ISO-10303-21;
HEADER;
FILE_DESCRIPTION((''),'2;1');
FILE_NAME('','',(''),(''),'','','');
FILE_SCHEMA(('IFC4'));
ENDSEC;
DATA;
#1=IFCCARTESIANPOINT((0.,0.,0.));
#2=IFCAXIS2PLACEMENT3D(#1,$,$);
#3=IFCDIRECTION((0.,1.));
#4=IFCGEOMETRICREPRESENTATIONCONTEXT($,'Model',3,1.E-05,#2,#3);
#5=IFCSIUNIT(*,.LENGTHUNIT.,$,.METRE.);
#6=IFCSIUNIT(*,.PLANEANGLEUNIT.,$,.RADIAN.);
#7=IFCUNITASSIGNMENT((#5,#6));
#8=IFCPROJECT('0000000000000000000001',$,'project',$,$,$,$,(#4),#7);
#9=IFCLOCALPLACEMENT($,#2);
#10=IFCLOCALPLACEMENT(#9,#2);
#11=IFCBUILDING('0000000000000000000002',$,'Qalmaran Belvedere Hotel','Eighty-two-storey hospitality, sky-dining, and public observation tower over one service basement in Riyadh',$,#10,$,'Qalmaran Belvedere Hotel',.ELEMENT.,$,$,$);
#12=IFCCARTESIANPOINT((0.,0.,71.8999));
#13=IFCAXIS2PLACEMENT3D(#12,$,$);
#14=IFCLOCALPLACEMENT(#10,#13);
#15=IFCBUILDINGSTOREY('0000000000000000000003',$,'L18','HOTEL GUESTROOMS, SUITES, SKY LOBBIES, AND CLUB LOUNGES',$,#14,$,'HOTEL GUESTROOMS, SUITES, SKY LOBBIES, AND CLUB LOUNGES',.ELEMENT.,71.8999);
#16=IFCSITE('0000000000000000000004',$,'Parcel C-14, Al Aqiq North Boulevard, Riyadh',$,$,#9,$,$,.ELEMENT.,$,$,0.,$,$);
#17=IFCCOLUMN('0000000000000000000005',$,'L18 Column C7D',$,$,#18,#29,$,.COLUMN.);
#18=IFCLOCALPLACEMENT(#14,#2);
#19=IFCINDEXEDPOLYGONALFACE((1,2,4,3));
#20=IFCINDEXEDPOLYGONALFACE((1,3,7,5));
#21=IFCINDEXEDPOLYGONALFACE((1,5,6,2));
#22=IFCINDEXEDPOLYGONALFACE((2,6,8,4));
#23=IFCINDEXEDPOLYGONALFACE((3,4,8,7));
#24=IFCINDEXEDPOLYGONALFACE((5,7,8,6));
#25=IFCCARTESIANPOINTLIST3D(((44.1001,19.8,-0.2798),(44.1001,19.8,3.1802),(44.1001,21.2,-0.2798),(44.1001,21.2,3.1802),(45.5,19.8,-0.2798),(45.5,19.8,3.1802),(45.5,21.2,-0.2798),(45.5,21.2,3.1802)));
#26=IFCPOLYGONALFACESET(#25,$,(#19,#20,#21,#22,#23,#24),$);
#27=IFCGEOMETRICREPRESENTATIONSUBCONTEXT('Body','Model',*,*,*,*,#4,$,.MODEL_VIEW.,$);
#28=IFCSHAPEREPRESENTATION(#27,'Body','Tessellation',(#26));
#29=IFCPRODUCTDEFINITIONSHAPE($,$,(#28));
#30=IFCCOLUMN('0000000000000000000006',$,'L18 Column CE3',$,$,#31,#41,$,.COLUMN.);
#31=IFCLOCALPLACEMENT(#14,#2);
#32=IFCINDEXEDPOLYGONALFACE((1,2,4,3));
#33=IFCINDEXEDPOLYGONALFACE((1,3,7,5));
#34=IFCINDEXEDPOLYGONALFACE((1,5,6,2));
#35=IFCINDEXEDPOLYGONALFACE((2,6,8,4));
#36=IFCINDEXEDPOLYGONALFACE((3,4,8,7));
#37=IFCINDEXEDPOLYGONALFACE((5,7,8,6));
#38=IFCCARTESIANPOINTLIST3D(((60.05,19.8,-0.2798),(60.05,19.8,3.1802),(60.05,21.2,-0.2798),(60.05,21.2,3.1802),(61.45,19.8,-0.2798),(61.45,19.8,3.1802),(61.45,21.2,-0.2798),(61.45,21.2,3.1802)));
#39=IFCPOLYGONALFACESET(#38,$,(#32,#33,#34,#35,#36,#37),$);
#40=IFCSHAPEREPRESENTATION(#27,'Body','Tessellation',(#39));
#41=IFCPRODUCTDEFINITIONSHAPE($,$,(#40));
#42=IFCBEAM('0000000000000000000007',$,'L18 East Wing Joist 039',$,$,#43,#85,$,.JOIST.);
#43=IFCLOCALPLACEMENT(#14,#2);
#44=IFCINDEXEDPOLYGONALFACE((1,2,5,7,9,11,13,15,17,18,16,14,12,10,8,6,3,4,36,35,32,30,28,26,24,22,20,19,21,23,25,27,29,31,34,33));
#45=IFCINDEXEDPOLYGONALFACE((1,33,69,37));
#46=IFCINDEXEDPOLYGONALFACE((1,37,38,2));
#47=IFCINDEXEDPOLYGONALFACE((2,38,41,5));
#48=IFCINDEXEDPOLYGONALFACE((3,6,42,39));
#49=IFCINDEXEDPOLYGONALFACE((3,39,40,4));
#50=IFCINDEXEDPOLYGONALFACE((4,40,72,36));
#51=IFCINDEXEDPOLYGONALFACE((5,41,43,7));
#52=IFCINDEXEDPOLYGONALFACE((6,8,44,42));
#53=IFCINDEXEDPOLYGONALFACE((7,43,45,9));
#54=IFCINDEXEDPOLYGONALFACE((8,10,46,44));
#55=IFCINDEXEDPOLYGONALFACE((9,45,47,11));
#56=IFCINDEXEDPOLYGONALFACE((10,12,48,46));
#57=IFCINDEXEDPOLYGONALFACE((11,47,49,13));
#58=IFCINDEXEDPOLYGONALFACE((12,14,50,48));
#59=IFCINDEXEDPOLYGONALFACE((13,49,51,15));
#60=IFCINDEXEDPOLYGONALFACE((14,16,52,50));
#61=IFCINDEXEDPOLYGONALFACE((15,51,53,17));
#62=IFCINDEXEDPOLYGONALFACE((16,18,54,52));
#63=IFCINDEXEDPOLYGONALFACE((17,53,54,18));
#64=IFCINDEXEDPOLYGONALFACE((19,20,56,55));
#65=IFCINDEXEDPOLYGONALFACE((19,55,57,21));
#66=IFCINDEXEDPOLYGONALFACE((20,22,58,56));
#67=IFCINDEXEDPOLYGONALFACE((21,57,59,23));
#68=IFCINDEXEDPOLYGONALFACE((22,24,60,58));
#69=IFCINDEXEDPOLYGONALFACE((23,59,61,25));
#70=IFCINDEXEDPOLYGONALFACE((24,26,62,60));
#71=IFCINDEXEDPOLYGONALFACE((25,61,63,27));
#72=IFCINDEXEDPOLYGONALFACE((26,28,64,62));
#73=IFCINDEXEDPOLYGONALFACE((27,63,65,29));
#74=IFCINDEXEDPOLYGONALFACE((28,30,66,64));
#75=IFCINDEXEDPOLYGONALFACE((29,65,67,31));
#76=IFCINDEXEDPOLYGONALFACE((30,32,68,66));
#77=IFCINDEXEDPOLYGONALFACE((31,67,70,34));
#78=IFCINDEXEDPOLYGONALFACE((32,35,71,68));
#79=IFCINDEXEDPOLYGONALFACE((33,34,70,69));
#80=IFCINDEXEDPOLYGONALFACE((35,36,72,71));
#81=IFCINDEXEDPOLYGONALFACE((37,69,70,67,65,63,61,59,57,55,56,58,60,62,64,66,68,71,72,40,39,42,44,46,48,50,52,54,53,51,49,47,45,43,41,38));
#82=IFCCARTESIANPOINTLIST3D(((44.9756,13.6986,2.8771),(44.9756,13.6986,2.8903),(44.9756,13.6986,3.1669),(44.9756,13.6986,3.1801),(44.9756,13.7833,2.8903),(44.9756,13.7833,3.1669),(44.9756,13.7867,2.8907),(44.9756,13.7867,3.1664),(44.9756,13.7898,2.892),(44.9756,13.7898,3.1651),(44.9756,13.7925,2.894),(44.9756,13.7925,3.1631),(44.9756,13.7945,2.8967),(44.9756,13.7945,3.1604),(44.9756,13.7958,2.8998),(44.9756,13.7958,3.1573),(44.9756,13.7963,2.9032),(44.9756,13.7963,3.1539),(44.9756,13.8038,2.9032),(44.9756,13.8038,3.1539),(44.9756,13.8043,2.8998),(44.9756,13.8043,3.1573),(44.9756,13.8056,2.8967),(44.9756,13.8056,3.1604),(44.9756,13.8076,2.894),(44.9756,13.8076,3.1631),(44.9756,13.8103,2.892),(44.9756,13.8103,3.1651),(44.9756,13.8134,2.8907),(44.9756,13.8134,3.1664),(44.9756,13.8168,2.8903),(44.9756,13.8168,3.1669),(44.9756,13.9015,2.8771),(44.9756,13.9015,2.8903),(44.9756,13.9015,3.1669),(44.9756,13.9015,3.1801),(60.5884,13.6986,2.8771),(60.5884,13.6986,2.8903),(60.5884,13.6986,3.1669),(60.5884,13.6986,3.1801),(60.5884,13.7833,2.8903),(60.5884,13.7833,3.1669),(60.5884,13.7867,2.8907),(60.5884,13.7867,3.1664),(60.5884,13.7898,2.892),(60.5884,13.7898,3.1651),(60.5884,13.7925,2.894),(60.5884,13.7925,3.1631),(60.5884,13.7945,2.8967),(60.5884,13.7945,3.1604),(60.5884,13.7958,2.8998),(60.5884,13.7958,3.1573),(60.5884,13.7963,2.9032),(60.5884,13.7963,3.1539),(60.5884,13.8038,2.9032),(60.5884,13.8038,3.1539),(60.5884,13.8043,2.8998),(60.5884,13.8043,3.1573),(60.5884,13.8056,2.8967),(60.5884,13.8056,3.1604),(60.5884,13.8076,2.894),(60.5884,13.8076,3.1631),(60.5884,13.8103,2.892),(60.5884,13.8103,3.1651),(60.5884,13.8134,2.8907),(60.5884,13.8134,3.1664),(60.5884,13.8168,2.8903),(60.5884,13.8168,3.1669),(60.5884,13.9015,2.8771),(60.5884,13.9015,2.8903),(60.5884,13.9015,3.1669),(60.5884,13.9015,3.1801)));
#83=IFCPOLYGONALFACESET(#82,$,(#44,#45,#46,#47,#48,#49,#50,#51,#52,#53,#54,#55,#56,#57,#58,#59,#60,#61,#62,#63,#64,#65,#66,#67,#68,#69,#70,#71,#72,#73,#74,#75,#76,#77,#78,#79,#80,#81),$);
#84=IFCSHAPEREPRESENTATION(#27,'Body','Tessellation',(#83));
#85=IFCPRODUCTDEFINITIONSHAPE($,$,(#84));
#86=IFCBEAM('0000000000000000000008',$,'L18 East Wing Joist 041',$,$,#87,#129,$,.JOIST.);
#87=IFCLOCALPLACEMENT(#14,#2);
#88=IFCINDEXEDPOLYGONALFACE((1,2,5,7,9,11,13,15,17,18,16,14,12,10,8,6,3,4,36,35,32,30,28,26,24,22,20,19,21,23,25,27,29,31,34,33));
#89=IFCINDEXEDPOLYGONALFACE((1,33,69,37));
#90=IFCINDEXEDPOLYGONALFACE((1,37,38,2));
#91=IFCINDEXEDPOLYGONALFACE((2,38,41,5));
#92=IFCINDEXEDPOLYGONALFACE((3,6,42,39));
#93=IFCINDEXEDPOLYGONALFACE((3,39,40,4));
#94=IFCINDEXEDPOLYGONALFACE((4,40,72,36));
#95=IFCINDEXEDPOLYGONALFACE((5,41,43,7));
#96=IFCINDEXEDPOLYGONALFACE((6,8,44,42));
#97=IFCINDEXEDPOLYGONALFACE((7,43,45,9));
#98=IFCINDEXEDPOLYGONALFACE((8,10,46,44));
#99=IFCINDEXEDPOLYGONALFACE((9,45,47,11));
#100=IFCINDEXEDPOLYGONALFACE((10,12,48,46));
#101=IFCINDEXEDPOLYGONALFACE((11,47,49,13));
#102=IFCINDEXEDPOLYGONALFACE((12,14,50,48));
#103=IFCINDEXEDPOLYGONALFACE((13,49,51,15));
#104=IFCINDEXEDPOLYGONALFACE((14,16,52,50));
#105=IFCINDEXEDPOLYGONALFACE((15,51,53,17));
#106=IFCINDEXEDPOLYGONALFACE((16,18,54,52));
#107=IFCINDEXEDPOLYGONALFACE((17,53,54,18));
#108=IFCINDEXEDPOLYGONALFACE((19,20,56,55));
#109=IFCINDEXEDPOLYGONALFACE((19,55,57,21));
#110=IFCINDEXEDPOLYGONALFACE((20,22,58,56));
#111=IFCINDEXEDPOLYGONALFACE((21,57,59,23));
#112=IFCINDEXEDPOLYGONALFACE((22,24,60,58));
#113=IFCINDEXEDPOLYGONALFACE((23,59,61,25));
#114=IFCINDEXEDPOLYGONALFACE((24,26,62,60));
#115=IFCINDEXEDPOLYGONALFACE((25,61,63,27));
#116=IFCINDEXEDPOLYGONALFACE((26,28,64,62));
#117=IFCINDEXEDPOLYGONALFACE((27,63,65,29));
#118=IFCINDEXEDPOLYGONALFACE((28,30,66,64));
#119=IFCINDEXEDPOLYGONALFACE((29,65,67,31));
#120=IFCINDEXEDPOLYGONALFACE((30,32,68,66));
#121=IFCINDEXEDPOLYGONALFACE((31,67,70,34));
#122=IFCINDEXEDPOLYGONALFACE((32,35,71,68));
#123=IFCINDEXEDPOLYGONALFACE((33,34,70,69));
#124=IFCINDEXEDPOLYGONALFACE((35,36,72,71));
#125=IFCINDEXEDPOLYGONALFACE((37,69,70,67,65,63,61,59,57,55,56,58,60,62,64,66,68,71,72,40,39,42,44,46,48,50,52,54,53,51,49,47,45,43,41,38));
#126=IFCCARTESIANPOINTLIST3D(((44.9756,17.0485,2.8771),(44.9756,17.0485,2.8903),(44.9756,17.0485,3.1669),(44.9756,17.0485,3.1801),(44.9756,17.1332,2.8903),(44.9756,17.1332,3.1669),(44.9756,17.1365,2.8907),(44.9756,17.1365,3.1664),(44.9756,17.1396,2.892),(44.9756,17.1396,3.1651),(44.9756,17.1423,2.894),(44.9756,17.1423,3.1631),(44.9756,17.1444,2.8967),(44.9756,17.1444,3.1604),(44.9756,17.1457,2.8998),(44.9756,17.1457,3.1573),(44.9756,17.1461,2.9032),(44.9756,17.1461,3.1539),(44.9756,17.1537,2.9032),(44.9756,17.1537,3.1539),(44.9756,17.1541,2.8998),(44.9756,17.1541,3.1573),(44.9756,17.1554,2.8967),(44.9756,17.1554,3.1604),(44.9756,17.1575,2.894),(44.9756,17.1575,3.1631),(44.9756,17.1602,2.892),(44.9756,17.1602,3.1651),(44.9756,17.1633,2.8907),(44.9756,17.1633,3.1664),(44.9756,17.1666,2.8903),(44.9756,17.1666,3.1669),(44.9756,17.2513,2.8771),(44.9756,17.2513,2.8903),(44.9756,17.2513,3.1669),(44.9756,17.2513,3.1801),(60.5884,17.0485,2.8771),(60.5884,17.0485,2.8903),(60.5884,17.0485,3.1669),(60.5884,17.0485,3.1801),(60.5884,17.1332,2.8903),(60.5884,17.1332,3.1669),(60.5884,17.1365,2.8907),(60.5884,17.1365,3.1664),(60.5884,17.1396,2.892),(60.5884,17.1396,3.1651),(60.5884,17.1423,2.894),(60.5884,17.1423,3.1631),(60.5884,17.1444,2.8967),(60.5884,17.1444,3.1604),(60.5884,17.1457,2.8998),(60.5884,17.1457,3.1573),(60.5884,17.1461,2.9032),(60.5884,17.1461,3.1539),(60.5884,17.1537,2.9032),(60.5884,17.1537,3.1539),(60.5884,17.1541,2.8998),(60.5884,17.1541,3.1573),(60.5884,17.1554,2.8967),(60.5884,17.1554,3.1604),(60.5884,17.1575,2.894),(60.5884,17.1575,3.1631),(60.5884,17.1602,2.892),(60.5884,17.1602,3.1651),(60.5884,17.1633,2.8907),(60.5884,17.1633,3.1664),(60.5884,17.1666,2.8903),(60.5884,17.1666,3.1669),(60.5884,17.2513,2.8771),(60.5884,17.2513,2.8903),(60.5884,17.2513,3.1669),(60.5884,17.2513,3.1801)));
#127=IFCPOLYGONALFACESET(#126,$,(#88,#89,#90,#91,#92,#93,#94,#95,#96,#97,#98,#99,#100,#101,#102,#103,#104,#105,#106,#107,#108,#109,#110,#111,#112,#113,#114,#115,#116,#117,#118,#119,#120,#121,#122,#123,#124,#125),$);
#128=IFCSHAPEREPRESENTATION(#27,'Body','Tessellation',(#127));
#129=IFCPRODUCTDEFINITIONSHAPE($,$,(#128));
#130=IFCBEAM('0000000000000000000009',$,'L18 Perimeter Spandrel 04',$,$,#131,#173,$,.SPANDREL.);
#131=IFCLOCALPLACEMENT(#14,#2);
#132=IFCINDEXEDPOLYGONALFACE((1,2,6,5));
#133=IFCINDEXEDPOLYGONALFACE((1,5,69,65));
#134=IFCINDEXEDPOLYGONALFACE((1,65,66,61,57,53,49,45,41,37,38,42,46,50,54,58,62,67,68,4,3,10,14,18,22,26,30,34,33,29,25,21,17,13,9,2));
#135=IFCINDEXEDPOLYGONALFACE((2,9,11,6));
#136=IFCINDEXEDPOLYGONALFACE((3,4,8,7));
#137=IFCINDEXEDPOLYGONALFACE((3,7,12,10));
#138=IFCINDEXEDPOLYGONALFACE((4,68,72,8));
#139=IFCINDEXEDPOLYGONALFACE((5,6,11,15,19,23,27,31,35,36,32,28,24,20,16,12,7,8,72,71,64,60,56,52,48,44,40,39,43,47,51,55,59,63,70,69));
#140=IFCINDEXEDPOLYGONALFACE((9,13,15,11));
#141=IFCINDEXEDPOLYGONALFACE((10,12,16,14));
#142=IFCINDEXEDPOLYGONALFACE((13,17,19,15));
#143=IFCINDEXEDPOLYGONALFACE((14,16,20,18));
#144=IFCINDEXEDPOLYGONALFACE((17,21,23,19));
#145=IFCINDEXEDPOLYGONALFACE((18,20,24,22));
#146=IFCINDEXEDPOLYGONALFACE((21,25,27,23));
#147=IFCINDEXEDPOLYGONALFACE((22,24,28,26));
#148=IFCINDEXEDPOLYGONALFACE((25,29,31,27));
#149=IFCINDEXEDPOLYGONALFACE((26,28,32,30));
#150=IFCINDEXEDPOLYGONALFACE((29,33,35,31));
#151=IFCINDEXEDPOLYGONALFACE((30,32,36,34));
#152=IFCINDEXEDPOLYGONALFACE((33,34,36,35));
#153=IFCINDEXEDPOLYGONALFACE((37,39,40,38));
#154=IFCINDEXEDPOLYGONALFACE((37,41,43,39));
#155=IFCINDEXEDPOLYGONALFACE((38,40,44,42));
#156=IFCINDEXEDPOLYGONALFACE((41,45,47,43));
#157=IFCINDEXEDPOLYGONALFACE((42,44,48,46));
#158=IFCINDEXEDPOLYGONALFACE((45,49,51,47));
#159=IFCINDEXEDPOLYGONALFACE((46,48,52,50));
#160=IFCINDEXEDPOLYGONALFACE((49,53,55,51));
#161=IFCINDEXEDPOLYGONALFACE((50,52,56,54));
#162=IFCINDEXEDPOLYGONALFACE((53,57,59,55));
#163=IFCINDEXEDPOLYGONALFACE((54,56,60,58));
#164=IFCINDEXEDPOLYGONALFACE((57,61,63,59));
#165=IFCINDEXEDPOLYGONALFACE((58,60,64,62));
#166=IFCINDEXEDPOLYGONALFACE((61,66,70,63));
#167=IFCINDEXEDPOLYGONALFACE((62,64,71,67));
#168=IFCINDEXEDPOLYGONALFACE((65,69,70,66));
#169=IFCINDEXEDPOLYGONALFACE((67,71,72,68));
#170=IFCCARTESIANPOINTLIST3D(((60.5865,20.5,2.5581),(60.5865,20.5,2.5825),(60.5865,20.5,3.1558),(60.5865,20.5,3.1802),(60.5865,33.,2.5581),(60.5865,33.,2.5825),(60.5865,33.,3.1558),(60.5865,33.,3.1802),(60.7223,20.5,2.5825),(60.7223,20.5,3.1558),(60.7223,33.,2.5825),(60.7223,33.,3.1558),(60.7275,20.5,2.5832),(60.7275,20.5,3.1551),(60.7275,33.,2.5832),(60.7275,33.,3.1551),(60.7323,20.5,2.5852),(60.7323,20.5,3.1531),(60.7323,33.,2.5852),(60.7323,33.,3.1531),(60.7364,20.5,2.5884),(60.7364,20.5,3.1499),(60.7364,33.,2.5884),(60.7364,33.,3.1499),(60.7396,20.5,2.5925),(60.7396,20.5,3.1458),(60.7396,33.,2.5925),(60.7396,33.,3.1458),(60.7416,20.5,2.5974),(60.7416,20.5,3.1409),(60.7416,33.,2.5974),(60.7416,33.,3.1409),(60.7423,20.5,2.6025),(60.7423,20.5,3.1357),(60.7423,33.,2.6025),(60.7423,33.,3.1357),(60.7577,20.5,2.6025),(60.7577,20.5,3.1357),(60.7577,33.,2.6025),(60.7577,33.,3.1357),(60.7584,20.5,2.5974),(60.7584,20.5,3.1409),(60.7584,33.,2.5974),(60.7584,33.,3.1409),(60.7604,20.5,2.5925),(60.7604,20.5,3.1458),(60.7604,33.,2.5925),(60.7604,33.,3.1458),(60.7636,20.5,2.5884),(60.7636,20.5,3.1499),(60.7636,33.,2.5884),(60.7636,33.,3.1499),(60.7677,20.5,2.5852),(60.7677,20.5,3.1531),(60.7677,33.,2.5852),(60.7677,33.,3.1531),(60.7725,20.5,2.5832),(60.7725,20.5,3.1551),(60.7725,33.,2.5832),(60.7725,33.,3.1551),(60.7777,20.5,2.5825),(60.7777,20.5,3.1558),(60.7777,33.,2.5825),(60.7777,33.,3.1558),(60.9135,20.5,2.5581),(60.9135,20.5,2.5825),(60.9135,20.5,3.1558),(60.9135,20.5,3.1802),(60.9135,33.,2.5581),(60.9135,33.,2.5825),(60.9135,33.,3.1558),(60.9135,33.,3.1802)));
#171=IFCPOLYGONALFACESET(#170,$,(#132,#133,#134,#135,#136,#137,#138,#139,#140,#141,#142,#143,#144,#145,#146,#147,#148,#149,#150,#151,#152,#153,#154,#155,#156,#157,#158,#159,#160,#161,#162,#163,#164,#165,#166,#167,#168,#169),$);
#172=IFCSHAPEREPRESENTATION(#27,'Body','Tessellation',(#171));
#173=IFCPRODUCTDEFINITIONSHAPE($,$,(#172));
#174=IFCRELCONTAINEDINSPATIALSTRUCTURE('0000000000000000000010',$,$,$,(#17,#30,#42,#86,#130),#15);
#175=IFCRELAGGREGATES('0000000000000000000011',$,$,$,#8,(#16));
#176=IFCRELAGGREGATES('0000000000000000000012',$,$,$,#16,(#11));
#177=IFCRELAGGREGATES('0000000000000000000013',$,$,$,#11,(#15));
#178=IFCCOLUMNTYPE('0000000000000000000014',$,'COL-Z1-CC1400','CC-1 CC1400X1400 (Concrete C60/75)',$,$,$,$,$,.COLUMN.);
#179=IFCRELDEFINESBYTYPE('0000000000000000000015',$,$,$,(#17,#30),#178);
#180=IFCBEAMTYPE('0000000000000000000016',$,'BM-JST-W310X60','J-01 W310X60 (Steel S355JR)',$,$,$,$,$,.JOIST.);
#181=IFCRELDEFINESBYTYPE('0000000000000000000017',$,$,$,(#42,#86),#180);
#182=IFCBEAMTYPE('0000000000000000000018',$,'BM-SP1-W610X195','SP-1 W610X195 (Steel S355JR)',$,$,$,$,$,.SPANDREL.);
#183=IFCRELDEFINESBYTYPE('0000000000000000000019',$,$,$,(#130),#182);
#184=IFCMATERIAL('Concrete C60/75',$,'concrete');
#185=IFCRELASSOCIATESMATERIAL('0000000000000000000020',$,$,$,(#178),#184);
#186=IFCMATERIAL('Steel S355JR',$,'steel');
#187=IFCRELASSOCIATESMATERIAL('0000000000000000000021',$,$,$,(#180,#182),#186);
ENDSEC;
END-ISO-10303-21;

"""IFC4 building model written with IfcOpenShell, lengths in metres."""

from ifc_helpers import new_model, si_unit, direction, frame, origin, origin_2d, place, context, subcontext, project, spatial, rectangle, i_section, extrude, material, material_profile, profile_set, type_object, element, save


model = new_model("IFC4")

# Units and contexts
model_context = context("Model", 3, precision=1e-05, world=origin(), true_north=direction((0.0, 1.0)))
body_context = subcontext(model_context, "Body", "Model", "MODEL_VIEW")
ifc_project = project(units=[si_unit("LENGTHUNIT", "METRE"), si_unit("PLANEANGLEUNIT", "RADIAN")], contexts=[model_context])

# Site, building, storey
site_placement = place(None, origin())
site = spatial("IfcSite", under=ifc_project, at=site_placement, Name="Parcel C-14, Al Aqiq North Boulevard, Riyadh", CompositionType="ELEMENT", RefElevation=0.0)
building_placement = place(site_placement, origin())
building = spatial("IfcBuilding", under=site, at=building_placement, Name="Qalmaran Belvedere Hotel", Description="Eighty-two-storey hospitality, sky-dining, and public observation tower over one service basement in Riyadh", LongName="Qalmaran Belvedere Hotel", CompositionType="ELEMENT")
storey_placement = place(building_placement, frame((0.0, 0.0, 71.8999)))
storey = spatial("IfcBuildingStorey", under=building, at=storey_placement, Name="L18", Description="HOTEL GUESTROOMS, SUITES, SKY LOBBIES, AND CLUB LOUNGES", LongName="HOTEL GUESTROOMS, SUITES, SKY LOBBIES, AND CLUB LOUNGES", CompositionType="ELEMENT", Elevation=71.8999)

# Columns
ifc_material_1 = material(Name="Concrete C60/75", Category="concrete")
ifc_material_profile_1 = material_profile(ifc_material_1, rectangle(XDim=1.3999, YDim=1.3999, at=origin_2d()), Name="CC1400X1400")
ifc_profile_set_1 = profile_set([ifc_material_profile_1], Name="Concrete C60/75")
column_type = type_object("IfcColumnType", Name="COL-Z1-CC1400", Description="CC-1 CC1400X1400 (Concrete C60/75)", PredefinedType="COLUMN", material=ifc_profile_set_1)
for number, where, z_axis, x_axis, name in (
    (1, (44.8, 20.5, -0.2798), (0.0, 0.0, 1.0), (1.0, 0.0, 0.0), "L18 Column C7D"),
    (2, (60.75, 20.5, -0.2798), (0.0, 0.0, 1.0), (1.0, 0.0, 0.0), "L18 Column CE3"),
):
    element("IfcColumn", number, at=place(storey_placement, frame(where, z_axis=z_axis, x_axis=x_axis)), inside=storey, type_object=column_type, Name=name, PredefinedType="COLUMN", context=body_context, shape_type="SweptSolid", body=[
        extrude(rectangle(XDim=1.3999, YDim=1.3999, at=origin_2d()), origin(), (0.0, 0.0, 1.0), 3.46),
    ])

# Beams
ifc_material_2 = material(Name="Steel S355JR", Category="steel")
ifc_material_profile_2 = material_profile(ifc_material_2, i_section(OverallWidth=0.2029, OverallDepth=0.303, WebThickness=0.0076, FlangeThickness=0.0132, FilletRadius=0.0129, at=origin_2d()), Name="W310X60")
ifc_profile_set_2 = profile_set([ifc_material_profile_2], Name="Steel S355JR")
beam_type_1 = type_object("IfcBeamType", Name="BM-JST-W310X60", Description="J-01 W310X60 (Steel S355JR)", PredefinedType="JOIST", material=ifc_profile_set_2)
for number, where, z_axis, x_axis, name in (
    (3, (44.9756, 13.8, 3.0286), (1.0, 0.0, 0.0), (0.0, 1.0, 0.0), "L18 East Wing Joist 039"),
    (4, (44.9756, 17.1499, 3.0286), (1.0, 0.0, 0.0), (0.0, 1.0, 0.0), "L18 East Wing Joist 041"),
):
    element("IfcBeam", number, at=place(storey_placement, frame(where, z_axis=z_axis, x_axis=x_axis)), inside=storey, type_object=beam_type_1, Name=name, PredefinedType="JOIST", context=body_context, shape_type="SweptSolid", body=[
        extrude(i_section(OverallWidth=0.2029, OverallDepth=0.303, WebThickness=0.0076, FlangeThickness=0.0132, FilletRadius=0.0129, at=origin_2d()), origin(), (0.0, 0.0, 1.0), 15.6128),
    ])
ifc_material_profile_3 = material_profile(ifc_material_2, i_section(OverallWidth=0.3269, OverallDepth=0.6221, WebThickness=0.0154, FlangeThickness=0.0244, FilletRadius=0.02, at=origin_2d()), Name="W610X195")
ifc_profile_set_3 = profile_set([ifc_material_profile_3], Name="Steel S355JR")
beam_type_2 = type_object("IfcBeamType", Name="BM-SP1-W610X195", Description="SP-1 W610X195 (Steel S355JR)", PredefinedType="SPANDREL", material=ifc_profile_set_3)
beam_1_placement = place(storey_placement, frame((60.75, 20.5, 2.8691), z_axis=(0.0, 1.0, 0.0), x_axis=(-1.0, 0.0, 0.0)))
element("IfcBeam", 5, at=beam_1_placement, inside=storey, type_object=beam_type_2, Name="L18 Perimeter Spandrel 04", PredefinedType="SPANDREL", context=body_context, shape_type="SweptSolid", body=[
    extrude(i_section(OverallWidth=0.3269, OverallDepth=0.6221, WebThickness=0.0154, FlangeThickness=0.0244, FilletRadius=0.02, at=origin_2d()), origin(), (0.0, 0.0, 1.0), 12.5),
])

save(model, "model.ifc")
